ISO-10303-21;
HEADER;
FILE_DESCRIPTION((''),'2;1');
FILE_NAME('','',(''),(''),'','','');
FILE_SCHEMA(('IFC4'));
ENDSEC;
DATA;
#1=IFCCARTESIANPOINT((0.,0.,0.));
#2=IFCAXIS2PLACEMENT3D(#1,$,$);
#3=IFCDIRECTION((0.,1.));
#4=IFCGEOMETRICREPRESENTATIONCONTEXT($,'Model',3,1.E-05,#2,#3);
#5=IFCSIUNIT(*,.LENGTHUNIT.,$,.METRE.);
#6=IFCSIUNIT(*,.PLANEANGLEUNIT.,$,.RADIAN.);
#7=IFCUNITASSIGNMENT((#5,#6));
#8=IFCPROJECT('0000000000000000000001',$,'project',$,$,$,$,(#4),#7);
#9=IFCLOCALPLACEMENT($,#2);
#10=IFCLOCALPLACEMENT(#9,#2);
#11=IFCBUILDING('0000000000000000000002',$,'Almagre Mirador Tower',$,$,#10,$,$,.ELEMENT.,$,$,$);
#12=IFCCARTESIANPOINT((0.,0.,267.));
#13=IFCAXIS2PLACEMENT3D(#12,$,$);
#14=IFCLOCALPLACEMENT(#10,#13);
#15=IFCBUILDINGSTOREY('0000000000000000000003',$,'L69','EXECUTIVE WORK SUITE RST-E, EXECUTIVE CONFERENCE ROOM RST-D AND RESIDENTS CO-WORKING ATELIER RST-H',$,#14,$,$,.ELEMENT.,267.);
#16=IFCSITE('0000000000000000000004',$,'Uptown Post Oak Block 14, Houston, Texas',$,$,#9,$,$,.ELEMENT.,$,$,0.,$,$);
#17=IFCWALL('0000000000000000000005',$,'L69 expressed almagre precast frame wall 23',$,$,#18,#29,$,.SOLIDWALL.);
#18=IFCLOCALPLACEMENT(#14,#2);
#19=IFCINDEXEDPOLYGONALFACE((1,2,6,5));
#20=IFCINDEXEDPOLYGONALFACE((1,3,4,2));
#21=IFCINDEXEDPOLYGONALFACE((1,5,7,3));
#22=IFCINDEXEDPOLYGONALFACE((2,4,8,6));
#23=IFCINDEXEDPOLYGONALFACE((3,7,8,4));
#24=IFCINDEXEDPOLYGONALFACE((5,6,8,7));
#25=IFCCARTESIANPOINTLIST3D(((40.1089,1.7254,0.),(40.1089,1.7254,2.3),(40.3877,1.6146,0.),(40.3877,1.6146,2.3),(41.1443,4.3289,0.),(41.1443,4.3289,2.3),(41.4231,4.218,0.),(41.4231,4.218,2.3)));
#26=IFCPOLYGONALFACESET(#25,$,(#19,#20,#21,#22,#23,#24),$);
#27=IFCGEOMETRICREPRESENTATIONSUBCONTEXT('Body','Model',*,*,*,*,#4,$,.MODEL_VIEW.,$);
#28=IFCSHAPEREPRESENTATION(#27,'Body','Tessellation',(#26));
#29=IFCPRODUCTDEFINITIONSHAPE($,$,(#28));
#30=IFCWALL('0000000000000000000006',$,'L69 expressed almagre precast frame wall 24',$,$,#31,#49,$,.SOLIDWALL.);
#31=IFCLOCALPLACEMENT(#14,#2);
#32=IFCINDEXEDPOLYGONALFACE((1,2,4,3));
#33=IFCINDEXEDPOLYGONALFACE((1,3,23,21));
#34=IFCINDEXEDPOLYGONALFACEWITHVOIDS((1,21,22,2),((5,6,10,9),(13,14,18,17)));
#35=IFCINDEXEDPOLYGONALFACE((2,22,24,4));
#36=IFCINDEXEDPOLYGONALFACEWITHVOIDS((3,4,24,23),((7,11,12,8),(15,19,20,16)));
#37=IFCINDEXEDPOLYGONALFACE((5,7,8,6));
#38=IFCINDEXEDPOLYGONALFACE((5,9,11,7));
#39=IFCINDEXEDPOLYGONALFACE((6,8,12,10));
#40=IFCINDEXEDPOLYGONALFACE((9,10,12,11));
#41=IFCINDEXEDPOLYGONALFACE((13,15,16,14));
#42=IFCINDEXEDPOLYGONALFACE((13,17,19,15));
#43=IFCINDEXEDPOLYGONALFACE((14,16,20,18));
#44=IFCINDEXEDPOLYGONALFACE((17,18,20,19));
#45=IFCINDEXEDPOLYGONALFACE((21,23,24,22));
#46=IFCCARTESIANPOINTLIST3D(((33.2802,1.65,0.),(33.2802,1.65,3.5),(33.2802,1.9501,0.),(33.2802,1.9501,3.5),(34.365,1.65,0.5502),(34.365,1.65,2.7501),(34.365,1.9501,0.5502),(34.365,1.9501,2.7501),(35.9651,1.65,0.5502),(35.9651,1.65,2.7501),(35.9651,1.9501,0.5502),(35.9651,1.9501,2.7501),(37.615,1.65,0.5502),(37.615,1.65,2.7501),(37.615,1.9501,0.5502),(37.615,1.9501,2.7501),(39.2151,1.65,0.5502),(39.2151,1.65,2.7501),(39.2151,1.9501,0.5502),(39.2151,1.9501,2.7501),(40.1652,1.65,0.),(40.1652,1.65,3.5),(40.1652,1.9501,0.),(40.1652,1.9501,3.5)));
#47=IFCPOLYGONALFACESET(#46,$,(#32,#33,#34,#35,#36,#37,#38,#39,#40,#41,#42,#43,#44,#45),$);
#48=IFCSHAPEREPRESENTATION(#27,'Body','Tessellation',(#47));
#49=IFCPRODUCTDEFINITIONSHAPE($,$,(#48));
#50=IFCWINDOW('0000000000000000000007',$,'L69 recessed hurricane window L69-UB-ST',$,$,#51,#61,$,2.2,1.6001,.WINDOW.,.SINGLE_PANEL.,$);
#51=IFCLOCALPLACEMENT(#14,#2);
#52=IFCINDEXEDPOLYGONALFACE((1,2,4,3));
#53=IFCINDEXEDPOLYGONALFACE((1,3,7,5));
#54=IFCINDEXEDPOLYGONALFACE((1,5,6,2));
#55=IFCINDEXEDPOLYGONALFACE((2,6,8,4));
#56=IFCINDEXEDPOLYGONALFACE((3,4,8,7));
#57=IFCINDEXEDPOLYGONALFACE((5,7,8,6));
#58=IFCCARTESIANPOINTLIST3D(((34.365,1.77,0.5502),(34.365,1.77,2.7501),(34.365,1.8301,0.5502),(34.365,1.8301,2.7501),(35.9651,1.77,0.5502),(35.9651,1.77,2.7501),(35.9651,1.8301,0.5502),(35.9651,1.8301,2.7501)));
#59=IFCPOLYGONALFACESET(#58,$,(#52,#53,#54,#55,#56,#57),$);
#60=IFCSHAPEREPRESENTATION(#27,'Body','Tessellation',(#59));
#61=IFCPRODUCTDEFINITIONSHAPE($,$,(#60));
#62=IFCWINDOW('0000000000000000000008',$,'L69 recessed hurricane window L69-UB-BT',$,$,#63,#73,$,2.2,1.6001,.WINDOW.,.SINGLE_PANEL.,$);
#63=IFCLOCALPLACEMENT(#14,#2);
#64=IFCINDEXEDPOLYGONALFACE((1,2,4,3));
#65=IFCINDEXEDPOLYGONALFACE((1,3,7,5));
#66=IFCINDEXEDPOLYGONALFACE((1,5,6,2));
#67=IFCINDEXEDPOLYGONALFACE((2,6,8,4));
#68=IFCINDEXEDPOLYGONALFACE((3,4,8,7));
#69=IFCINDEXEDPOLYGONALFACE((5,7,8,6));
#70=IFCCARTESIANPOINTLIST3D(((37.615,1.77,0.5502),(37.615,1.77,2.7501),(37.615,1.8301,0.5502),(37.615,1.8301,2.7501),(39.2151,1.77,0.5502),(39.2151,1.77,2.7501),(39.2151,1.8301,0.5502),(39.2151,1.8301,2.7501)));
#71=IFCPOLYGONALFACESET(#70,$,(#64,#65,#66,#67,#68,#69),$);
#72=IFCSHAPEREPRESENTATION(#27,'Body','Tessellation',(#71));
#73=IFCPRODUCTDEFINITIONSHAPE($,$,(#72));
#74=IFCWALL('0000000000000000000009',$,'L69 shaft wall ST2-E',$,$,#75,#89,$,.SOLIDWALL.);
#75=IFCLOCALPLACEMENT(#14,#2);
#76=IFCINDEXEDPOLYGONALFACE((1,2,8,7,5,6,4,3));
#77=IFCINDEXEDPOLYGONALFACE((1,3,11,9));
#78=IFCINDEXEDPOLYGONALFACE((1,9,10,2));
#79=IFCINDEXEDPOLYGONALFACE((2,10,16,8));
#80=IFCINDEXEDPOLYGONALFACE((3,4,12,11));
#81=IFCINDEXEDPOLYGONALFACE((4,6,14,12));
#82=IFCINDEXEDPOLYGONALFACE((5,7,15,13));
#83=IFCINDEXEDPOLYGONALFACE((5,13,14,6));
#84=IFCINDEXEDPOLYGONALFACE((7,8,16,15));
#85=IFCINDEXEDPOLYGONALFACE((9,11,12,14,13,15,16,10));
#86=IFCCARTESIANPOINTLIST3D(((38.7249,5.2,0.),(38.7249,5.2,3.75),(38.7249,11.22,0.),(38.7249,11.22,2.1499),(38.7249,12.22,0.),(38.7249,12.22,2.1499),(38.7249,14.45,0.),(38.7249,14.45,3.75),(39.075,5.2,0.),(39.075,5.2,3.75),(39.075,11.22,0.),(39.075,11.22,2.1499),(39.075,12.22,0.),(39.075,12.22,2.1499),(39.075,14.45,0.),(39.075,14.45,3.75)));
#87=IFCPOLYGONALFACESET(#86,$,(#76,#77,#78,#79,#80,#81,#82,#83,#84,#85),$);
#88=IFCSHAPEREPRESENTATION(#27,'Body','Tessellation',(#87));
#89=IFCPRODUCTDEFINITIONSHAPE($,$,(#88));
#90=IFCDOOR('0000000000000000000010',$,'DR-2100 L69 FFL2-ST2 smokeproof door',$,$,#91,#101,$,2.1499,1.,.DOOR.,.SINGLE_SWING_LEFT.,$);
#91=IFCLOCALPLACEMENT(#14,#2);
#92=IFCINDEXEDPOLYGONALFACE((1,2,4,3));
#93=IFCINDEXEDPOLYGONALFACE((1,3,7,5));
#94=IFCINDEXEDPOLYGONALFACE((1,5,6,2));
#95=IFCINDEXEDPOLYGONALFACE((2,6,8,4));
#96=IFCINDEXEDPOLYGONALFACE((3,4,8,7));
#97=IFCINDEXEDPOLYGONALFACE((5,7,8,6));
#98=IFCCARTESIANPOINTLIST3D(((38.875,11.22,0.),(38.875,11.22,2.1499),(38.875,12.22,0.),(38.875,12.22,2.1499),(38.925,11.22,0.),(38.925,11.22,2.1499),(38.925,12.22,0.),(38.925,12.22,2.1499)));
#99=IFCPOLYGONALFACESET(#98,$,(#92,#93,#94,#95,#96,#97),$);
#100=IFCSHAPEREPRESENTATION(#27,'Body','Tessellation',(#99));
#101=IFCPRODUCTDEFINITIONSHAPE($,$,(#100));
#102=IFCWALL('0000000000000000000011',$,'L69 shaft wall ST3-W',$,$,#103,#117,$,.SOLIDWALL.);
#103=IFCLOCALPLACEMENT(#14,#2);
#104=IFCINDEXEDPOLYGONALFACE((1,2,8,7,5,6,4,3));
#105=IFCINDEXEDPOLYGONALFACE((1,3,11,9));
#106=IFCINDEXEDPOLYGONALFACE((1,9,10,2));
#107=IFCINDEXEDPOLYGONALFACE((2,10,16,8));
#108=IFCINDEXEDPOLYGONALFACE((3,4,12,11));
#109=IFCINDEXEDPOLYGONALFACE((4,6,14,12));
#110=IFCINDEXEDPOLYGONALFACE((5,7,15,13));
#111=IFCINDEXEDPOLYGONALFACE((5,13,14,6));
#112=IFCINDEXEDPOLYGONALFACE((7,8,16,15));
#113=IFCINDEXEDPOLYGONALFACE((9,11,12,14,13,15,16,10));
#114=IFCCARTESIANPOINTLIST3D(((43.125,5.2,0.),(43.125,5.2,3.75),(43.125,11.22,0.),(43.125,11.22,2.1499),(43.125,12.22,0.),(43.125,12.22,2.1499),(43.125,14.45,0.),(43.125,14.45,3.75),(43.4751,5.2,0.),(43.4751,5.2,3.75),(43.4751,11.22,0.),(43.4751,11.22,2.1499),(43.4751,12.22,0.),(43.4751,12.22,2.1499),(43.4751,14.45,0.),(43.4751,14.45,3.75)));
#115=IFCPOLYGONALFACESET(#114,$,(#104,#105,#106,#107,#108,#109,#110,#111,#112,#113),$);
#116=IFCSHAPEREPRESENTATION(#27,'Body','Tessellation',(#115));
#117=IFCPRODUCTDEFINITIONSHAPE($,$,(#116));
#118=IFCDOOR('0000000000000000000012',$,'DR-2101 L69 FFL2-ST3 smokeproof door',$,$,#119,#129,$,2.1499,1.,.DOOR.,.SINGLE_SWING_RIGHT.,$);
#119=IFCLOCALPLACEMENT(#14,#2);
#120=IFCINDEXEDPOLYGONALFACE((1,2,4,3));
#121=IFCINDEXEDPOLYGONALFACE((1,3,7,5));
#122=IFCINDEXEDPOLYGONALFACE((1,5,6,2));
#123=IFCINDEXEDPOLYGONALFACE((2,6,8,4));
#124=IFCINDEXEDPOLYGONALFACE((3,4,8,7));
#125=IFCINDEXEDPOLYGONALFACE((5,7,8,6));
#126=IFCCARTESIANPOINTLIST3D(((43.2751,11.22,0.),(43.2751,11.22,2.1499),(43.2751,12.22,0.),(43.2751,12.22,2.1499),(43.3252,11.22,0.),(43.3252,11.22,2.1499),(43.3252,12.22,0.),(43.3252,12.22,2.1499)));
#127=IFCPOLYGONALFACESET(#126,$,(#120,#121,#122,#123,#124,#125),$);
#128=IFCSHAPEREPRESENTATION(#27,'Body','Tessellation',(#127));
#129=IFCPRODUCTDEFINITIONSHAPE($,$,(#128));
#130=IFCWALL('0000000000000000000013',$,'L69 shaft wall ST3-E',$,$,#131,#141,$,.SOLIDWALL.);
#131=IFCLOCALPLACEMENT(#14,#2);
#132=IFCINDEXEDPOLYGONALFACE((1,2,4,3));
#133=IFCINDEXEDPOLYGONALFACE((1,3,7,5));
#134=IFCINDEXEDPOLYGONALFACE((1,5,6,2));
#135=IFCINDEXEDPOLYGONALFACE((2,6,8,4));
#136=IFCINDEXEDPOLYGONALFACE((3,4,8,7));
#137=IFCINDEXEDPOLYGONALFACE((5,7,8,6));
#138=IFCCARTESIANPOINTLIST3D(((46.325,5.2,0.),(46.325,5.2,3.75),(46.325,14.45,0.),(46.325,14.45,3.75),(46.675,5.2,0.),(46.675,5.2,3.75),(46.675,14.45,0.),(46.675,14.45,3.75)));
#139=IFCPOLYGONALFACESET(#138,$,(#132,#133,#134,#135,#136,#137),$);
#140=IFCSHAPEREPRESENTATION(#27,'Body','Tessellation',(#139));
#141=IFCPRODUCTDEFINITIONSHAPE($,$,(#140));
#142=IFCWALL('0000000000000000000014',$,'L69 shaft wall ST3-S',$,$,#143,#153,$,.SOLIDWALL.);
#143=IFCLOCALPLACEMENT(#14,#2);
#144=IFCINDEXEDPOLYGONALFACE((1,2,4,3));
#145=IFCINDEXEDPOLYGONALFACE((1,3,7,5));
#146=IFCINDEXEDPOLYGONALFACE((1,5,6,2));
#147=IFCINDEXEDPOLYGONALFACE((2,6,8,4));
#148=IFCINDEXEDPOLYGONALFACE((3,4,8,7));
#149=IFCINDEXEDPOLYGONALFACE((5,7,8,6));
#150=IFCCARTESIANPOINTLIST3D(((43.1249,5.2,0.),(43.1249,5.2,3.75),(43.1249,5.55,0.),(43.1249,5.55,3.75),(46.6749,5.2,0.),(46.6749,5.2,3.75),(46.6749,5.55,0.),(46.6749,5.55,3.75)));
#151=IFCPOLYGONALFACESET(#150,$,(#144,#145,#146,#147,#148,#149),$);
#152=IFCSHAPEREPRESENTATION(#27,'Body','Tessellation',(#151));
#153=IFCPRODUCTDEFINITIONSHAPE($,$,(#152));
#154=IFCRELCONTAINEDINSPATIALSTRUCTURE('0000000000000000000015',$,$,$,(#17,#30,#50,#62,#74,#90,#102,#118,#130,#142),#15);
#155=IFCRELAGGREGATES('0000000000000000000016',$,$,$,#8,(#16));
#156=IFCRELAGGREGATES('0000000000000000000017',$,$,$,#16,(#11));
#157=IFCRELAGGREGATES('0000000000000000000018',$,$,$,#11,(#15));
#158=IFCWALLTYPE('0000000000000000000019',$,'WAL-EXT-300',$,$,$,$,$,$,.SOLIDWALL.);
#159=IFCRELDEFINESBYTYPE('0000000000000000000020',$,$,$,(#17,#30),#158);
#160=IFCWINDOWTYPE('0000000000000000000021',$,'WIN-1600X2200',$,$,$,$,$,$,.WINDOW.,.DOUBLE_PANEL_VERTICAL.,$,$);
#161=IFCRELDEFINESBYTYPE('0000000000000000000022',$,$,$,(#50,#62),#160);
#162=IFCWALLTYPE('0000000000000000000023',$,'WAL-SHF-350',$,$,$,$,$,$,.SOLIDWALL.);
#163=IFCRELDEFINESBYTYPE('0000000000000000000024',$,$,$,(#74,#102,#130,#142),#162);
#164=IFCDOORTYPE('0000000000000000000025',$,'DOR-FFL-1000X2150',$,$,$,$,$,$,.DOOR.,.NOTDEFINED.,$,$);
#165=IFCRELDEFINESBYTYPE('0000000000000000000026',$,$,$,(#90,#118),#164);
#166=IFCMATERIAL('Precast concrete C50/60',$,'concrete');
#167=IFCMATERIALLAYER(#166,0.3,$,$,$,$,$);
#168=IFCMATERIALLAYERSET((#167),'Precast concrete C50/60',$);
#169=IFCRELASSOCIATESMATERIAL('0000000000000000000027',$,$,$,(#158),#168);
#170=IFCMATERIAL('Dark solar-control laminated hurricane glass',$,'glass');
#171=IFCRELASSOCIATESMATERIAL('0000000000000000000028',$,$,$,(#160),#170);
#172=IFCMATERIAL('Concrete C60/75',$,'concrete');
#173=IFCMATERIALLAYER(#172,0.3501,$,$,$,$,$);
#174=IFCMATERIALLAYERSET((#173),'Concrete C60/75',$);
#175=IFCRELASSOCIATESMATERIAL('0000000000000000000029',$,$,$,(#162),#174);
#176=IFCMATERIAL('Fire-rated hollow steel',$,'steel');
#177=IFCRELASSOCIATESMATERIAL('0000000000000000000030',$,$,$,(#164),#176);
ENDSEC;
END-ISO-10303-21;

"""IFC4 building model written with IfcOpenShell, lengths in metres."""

from ifc_helpers import new_model, si_unit, direction, frame, frame_2d, origin, place, context, subcontext, project, spatial, rectangle, extrude, material, layer, layer_set, type_object, element, fill, save


model = new_model("IFC4")

# Units and contexts
model_context = context("Model", 3, precision=1e-05, world=origin(), true_north=direction((0.0, 1.0)))
body_context = subcontext(model_context, "Body", "Model", "MODEL_VIEW")
ifc_project = project(units=[si_unit("LENGTHUNIT", "METRE"), si_unit("PLANEANGLEUNIT", "RADIAN")], contexts=[model_context])

# Site, building, storey
site_placement = place(None, origin())
site = spatial("IfcSite", under=ifc_project, at=site_placement, Name="Uptown Post Oak Block 14, Houston, Texas", CompositionType="ELEMENT", RefElevation=0.0)
building_placement = place(site_placement, origin())
building = spatial("IfcBuilding", under=site, at=building_placement, Name="Almagre Mirador Tower", CompositionType="ELEMENT")
storey_placement = place(building_placement, frame((0.0, 0.0, 267.0)))
storey = spatial("IfcBuildingStorey", under=building, at=storey_placement, Name="L69", Description="EXECUTIVE WORK SUITE RST-E, EXECUTIVE CONFERENCE ROOM RST-D AND RESIDENTS CO-WORKING ATELIER RST-H", CompositionType="ELEMENT", Elevation=267.0)

# Wall
ifc_material_1 = material(Name="Precast concrete C50/60", Category="concrete")
ifc_layer_1 = layer(ifc_material_1, 0.3)
ifc_layer_set_1 = layer_set([ifc_layer_1], Name="Precast concrete C50/60")
wall_type_1 = type_object("IfcWallType", Name="WAL-EXT-300", PredefinedType="SOLIDWALL", material=ifc_layer_set_1)
wall_1_placement = place(storey_placement, frame((41.2837, 4.2734, 0.0), z_axis=(0.0, 0.0, 1.0), x_axis=(-0.369542, -0.929214, 0.0)))
element("IfcWall", 1, at=wall_1_placement, inside=storey, type_object=wall_type_1, Name="L69 expressed almagre precast frame wall 23", PredefinedType="SOLIDWALL", context=body_context, shape_type="SweptSolid", body=[
    extrude(rectangle(XDim=2.8018, YDim=0.3, at=frame_2d((1.4009, 0.0))), origin(), (0.0, 0.0, 1.0), 2.3),
])

# Wall, openings, windows
wall_2_placement = place(storey_placement, frame((40.165, 1.8, 0.0), z_axis=(0.0, 0.0, 1.0), x_axis=(-1.0, 0.0, 0.0)))
wall_2 = element("IfcWall", 2, at=wall_2_placement, inside=storey, type_object=wall_type_1, Name="L69 expressed almagre precast frame wall 24", PredefinedType="SOLIDWALL", context=body_context, shape_type="SweptSolid", body=[
    extrude(rectangle(XDim=6.885, YDim=0.3, at=frame_2d((3.4424, 0.0))), origin(), (0.0, 0.0, 1.0), 3.5),
])
opening_1_placement = place(wall_2_placement, frame((4.2, 0.0, 0.55)))
opening_1 = element("IfcOpeningElement", 3, at=opening_1_placement, cuts=wall_2, PredefinedType="OPENING", context=body_context, shape_type="SweptSolid", body=[
    extrude(rectangle(XDim=1.6001, YDim=2.2, at=frame_2d((0.8, 1.1001))), frame((0.0, 0.1599, 0.0), z_axis=(0.0, -1.0, 0.0), x_axis=(1.0, 0.0, 0.0)), (0.0, 0.0, 1.0), 0.32),
])
opening_2_placement = place(wall_2_placement, frame((0.95, 0.0, 0.55)))
opening_2 = element("IfcOpeningElement", 4, at=opening_2_placement, cuts=wall_2, PredefinedType="OPENING", context=body_context, shape_type="SweptSolid", body=[
    extrude(rectangle(XDim=1.6001, YDim=2.2, at=frame_2d((0.8, 1.1001))), frame((0.0, 0.1599, 0.0), z_axis=(0.0, -1.0, 0.0), x_axis=(1.0, 0.0, 0.0)), (0.0, 0.0, 1.0), 0.32),
])
ifc_material_2 = material(Name="Dark solar-control laminated hurricane glass", Category="glass")
window_type = type_object("IfcWindowType", Name="WIN-1600X2200", PartitioningType="DOUBLE_PANEL_VERTICAL", PredefinedType="WINDOW", material=ifc_material_2)
window_1_placement = place(opening_1_placement, origin())
window_1 = element("IfcWindow", 5, at=window_1_placement, inside=storey, type_object=window_type, Name="L69 recessed hurricane window L69-UB-ST", OverallHeight=2.2, OverallWidth=1.6001, PartitioningType="SINGLE_PANEL", PredefinedType="WINDOW", context=body_context, shape_type="SweptSolid", body=[
    extrude(rectangle(XDim=1.6001, YDim=2.2, at=frame_2d((0.8, 1.1001))), frame((0.0, 0.03, 0.0), z_axis=(0.0, -1.0, 0.0), x_axis=(1.0, 0.0, 0.0)), (0.0, 0.0, 1.0), 0.0601),
])
fill(opening_1, window_1)
window_2_placement = place(opening_2_placement, origin())
window_2 = element("IfcWindow", 6, at=window_2_placement, inside=storey, type_object=window_type, Name="L69 recessed hurricane window L69-UB-BT", OverallHeight=2.2, OverallWidth=1.6001, PartitioningType="SINGLE_PANEL", PredefinedType="WINDOW", context=body_context, shape_type="SweptSolid", body=[
    extrude(rectangle(XDim=1.6001, YDim=2.2, at=frame_2d((0.8, 1.1001))), frame((0.0, 0.03, 0.0), z_axis=(0.0, -1.0, 0.0), x_axis=(1.0, 0.0, 0.0)), (0.0, 0.0, 1.0), 0.0601),
])
fill(opening_2, window_2)

# Walls, openings, doors
ifc_material_3 = material(Name="Concrete C60/75", Category="concrete")
ifc_layer_2 = layer(ifc_material_3, 0.3501)
ifc_layer_set_2 = layer_set([ifc_layer_2], Name="Concrete C60/75")
wall_type_2 = type_object("IfcWallType", Name="WAL-SHF-350", PredefinedType="SOLIDWALL", material=ifc_layer_set_2)
wall_3_placement = place(storey_placement, frame((38.8999, 5.2, 0.0), z_axis=(0.0, 0.0, 1.0), x_axis=(0.0, 1.0, 0.0)))
wall_3 = element("IfcWall", 7, at=wall_3_placement, inside=storey, type_object=wall_type_2, Name="L69 shaft wall ST2-E", PredefinedType="SOLIDWALL", context=body_context, shape_type="SweptSolid", body=[
    extrude(rectangle(XDim=9.25, YDim=0.3501, at=frame_2d((4.625, 0.0))), origin(), (0.0, 0.0, 1.0), 3.75),
])
opening_3_placement = place(wall_3_placement, frame((6.02, 0.0, 0.0)))
opening_3 = element("IfcOpeningElement", 8, at=opening_3_placement, cuts=wall_3, PredefinedType="OPENING", context=body_context, shape_type="SweptSolid", body=[
    extrude(rectangle(XDim=1.0, YDim=2.1499, at=frame_2d((0.5, 1.075))), frame((0.0, 0.185, 0.0), z_axis=(0.0, -1.0, 0.0), x_axis=(1.0, 0.0, 0.0)), (0.0, 0.0, 1.0), 0.3701),
])
ifc_material_4 = material(Name="Fire-rated hollow steel", Category="steel")
door_type_1 = type_object("IfcDoorType", Name="DOR-FFL-1000X2150", OperationType="NOTDEFINED", PredefinedType="DOOR", material=ifc_material_4)
door_1_placement = place(opening_3_placement, origin())
door_1 = element("IfcDoor", 9, at=door_1_placement, inside=storey, type_object=door_type_1, Name="DR-2100 L69 FFL2-ST2 smokeproof door", OperationType="SINGLE_SWING_LEFT", OverallHeight=2.1499, OverallWidth=1.0, PredefinedType="DOOR", context=body_context, shape_type="SweptSolid", body=[
    extrude(rectangle(XDim=1.0, YDim=2.1499, at=frame_2d((0.5, 1.075))), frame((0.0, 0.0249, 0.0), z_axis=(0.0, -1.0, 0.0), x_axis=(1.0, 0.0, 0.0)), (0.0, 0.0, 1.0), 0.05),
])
fill(opening_3, door_1)
wall_4_placement = place(storey_placement, frame((43.3, 5.2, 0.0), z_axis=(0.0, 0.0, 1.0), x_axis=(0.0, 1.0, 0.0)))
wall_4 = element("IfcWall", 10, at=wall_4_placement, inside=storey, type_object=wall_type_2, Name="L69 shaft wall ST3-W", PredefinedType="SOLIDWALL", context=body_context, shape_type="SweptSolid", body=[
    extrude(rectangle(XDim=9.25, YDim=0.3501, at=frame_2d((4.625, 0.0))), origin(), (0.0, 0.0, 1.0), 3.75),
])
opening_4_placement = place(wall_4_placement, frame((6.02, 0.0, 0.0)))
opening_4 = element("IfcOpeningElement", 11, at=opening_4_placement, cuts=wall_4, PredefinedType="OPENING", context=body_context, shape_type="SweptSolid", body=[
    extrude(rectangle(XDim=1.0, YDim=2.1499, at=frame_2d((0.5, 1.075))), frame((0.0, 0.185, 0.0), z_axis=(0.0, -1.0, 0.0), x_axis=(1.0, 0.0, 0.0)), (0.0, 0.0, 1.0), 0.3701),
])
door_2_placement = place(opening_4_placement, origin())
door_2 = element("IfcDoor", 12, at=door_2_placement, inside=storey, type_object=door_type_1, Name="DR-2101 L69 FFL2-ST3 smokeproof door", OperationType="SINGLE_SWING_RIGHT", OverallHeight=2.1499, OverallWidth=1.0, PredefinedType="DOOR", context=body_context, shape_type="SweptSolid", body=[
    extrude(rectangle(XDim=1.0, YDim=2.1499, at=frame_2d((0.5, 1.075))), frame((0.0, 0.0249, 0.0), z_axis=(0.0, -1.0, 0.0), x_axis=(1.0, 0.0, 0.0)), (0.0, 0.0, 1.0), 0.05),
])
fill(opening_4, door_2)

# Walls
wall_5_placement = place(storey_placement, frame((46.5, 5.2, 0.0), z_axis=(0.0, 0.0, 1.0), x_axis=(0.0, 1.0, 0.0)))
element("IfcWall", 13, at=wall_5_placement, inside=storey, type_object=wall_type_2, Name="L69 shaft wall ST3-E", PredefinedType="SOLIDWALL", context=body_context, shape_type="SweptSolid", body=[
    extrude(rectangle(XDim=9.25, YDim=0.3501, at=frame_2d((4.625, 0.0))), origin(), (0.0, 0.0, 1.0), 3.75),
])
wall_6_placement = place(storey_placement, frame((43.125, 5.375, 0.0), z_axis=(0.0, 0.0, 1.0), x_axis=(1.0, 0.0, 0.0)))
element("IfcWall", 14, at=wall_6_placement, inside=storey, type_object=wall_type_2, Name="L69 shaft wall ST3-S", PredefinedType="SOLIDWALL", context=body_context, shape_type="SweptSolid", body=[
    extrude(rectangle(XDim=3.55, YDim=0.3501, at=frame_2d((1.7749, 0.0))), origin(), (0.0, 0.0, 1.0), 3.75),
])

save(model, "model.ifc")
